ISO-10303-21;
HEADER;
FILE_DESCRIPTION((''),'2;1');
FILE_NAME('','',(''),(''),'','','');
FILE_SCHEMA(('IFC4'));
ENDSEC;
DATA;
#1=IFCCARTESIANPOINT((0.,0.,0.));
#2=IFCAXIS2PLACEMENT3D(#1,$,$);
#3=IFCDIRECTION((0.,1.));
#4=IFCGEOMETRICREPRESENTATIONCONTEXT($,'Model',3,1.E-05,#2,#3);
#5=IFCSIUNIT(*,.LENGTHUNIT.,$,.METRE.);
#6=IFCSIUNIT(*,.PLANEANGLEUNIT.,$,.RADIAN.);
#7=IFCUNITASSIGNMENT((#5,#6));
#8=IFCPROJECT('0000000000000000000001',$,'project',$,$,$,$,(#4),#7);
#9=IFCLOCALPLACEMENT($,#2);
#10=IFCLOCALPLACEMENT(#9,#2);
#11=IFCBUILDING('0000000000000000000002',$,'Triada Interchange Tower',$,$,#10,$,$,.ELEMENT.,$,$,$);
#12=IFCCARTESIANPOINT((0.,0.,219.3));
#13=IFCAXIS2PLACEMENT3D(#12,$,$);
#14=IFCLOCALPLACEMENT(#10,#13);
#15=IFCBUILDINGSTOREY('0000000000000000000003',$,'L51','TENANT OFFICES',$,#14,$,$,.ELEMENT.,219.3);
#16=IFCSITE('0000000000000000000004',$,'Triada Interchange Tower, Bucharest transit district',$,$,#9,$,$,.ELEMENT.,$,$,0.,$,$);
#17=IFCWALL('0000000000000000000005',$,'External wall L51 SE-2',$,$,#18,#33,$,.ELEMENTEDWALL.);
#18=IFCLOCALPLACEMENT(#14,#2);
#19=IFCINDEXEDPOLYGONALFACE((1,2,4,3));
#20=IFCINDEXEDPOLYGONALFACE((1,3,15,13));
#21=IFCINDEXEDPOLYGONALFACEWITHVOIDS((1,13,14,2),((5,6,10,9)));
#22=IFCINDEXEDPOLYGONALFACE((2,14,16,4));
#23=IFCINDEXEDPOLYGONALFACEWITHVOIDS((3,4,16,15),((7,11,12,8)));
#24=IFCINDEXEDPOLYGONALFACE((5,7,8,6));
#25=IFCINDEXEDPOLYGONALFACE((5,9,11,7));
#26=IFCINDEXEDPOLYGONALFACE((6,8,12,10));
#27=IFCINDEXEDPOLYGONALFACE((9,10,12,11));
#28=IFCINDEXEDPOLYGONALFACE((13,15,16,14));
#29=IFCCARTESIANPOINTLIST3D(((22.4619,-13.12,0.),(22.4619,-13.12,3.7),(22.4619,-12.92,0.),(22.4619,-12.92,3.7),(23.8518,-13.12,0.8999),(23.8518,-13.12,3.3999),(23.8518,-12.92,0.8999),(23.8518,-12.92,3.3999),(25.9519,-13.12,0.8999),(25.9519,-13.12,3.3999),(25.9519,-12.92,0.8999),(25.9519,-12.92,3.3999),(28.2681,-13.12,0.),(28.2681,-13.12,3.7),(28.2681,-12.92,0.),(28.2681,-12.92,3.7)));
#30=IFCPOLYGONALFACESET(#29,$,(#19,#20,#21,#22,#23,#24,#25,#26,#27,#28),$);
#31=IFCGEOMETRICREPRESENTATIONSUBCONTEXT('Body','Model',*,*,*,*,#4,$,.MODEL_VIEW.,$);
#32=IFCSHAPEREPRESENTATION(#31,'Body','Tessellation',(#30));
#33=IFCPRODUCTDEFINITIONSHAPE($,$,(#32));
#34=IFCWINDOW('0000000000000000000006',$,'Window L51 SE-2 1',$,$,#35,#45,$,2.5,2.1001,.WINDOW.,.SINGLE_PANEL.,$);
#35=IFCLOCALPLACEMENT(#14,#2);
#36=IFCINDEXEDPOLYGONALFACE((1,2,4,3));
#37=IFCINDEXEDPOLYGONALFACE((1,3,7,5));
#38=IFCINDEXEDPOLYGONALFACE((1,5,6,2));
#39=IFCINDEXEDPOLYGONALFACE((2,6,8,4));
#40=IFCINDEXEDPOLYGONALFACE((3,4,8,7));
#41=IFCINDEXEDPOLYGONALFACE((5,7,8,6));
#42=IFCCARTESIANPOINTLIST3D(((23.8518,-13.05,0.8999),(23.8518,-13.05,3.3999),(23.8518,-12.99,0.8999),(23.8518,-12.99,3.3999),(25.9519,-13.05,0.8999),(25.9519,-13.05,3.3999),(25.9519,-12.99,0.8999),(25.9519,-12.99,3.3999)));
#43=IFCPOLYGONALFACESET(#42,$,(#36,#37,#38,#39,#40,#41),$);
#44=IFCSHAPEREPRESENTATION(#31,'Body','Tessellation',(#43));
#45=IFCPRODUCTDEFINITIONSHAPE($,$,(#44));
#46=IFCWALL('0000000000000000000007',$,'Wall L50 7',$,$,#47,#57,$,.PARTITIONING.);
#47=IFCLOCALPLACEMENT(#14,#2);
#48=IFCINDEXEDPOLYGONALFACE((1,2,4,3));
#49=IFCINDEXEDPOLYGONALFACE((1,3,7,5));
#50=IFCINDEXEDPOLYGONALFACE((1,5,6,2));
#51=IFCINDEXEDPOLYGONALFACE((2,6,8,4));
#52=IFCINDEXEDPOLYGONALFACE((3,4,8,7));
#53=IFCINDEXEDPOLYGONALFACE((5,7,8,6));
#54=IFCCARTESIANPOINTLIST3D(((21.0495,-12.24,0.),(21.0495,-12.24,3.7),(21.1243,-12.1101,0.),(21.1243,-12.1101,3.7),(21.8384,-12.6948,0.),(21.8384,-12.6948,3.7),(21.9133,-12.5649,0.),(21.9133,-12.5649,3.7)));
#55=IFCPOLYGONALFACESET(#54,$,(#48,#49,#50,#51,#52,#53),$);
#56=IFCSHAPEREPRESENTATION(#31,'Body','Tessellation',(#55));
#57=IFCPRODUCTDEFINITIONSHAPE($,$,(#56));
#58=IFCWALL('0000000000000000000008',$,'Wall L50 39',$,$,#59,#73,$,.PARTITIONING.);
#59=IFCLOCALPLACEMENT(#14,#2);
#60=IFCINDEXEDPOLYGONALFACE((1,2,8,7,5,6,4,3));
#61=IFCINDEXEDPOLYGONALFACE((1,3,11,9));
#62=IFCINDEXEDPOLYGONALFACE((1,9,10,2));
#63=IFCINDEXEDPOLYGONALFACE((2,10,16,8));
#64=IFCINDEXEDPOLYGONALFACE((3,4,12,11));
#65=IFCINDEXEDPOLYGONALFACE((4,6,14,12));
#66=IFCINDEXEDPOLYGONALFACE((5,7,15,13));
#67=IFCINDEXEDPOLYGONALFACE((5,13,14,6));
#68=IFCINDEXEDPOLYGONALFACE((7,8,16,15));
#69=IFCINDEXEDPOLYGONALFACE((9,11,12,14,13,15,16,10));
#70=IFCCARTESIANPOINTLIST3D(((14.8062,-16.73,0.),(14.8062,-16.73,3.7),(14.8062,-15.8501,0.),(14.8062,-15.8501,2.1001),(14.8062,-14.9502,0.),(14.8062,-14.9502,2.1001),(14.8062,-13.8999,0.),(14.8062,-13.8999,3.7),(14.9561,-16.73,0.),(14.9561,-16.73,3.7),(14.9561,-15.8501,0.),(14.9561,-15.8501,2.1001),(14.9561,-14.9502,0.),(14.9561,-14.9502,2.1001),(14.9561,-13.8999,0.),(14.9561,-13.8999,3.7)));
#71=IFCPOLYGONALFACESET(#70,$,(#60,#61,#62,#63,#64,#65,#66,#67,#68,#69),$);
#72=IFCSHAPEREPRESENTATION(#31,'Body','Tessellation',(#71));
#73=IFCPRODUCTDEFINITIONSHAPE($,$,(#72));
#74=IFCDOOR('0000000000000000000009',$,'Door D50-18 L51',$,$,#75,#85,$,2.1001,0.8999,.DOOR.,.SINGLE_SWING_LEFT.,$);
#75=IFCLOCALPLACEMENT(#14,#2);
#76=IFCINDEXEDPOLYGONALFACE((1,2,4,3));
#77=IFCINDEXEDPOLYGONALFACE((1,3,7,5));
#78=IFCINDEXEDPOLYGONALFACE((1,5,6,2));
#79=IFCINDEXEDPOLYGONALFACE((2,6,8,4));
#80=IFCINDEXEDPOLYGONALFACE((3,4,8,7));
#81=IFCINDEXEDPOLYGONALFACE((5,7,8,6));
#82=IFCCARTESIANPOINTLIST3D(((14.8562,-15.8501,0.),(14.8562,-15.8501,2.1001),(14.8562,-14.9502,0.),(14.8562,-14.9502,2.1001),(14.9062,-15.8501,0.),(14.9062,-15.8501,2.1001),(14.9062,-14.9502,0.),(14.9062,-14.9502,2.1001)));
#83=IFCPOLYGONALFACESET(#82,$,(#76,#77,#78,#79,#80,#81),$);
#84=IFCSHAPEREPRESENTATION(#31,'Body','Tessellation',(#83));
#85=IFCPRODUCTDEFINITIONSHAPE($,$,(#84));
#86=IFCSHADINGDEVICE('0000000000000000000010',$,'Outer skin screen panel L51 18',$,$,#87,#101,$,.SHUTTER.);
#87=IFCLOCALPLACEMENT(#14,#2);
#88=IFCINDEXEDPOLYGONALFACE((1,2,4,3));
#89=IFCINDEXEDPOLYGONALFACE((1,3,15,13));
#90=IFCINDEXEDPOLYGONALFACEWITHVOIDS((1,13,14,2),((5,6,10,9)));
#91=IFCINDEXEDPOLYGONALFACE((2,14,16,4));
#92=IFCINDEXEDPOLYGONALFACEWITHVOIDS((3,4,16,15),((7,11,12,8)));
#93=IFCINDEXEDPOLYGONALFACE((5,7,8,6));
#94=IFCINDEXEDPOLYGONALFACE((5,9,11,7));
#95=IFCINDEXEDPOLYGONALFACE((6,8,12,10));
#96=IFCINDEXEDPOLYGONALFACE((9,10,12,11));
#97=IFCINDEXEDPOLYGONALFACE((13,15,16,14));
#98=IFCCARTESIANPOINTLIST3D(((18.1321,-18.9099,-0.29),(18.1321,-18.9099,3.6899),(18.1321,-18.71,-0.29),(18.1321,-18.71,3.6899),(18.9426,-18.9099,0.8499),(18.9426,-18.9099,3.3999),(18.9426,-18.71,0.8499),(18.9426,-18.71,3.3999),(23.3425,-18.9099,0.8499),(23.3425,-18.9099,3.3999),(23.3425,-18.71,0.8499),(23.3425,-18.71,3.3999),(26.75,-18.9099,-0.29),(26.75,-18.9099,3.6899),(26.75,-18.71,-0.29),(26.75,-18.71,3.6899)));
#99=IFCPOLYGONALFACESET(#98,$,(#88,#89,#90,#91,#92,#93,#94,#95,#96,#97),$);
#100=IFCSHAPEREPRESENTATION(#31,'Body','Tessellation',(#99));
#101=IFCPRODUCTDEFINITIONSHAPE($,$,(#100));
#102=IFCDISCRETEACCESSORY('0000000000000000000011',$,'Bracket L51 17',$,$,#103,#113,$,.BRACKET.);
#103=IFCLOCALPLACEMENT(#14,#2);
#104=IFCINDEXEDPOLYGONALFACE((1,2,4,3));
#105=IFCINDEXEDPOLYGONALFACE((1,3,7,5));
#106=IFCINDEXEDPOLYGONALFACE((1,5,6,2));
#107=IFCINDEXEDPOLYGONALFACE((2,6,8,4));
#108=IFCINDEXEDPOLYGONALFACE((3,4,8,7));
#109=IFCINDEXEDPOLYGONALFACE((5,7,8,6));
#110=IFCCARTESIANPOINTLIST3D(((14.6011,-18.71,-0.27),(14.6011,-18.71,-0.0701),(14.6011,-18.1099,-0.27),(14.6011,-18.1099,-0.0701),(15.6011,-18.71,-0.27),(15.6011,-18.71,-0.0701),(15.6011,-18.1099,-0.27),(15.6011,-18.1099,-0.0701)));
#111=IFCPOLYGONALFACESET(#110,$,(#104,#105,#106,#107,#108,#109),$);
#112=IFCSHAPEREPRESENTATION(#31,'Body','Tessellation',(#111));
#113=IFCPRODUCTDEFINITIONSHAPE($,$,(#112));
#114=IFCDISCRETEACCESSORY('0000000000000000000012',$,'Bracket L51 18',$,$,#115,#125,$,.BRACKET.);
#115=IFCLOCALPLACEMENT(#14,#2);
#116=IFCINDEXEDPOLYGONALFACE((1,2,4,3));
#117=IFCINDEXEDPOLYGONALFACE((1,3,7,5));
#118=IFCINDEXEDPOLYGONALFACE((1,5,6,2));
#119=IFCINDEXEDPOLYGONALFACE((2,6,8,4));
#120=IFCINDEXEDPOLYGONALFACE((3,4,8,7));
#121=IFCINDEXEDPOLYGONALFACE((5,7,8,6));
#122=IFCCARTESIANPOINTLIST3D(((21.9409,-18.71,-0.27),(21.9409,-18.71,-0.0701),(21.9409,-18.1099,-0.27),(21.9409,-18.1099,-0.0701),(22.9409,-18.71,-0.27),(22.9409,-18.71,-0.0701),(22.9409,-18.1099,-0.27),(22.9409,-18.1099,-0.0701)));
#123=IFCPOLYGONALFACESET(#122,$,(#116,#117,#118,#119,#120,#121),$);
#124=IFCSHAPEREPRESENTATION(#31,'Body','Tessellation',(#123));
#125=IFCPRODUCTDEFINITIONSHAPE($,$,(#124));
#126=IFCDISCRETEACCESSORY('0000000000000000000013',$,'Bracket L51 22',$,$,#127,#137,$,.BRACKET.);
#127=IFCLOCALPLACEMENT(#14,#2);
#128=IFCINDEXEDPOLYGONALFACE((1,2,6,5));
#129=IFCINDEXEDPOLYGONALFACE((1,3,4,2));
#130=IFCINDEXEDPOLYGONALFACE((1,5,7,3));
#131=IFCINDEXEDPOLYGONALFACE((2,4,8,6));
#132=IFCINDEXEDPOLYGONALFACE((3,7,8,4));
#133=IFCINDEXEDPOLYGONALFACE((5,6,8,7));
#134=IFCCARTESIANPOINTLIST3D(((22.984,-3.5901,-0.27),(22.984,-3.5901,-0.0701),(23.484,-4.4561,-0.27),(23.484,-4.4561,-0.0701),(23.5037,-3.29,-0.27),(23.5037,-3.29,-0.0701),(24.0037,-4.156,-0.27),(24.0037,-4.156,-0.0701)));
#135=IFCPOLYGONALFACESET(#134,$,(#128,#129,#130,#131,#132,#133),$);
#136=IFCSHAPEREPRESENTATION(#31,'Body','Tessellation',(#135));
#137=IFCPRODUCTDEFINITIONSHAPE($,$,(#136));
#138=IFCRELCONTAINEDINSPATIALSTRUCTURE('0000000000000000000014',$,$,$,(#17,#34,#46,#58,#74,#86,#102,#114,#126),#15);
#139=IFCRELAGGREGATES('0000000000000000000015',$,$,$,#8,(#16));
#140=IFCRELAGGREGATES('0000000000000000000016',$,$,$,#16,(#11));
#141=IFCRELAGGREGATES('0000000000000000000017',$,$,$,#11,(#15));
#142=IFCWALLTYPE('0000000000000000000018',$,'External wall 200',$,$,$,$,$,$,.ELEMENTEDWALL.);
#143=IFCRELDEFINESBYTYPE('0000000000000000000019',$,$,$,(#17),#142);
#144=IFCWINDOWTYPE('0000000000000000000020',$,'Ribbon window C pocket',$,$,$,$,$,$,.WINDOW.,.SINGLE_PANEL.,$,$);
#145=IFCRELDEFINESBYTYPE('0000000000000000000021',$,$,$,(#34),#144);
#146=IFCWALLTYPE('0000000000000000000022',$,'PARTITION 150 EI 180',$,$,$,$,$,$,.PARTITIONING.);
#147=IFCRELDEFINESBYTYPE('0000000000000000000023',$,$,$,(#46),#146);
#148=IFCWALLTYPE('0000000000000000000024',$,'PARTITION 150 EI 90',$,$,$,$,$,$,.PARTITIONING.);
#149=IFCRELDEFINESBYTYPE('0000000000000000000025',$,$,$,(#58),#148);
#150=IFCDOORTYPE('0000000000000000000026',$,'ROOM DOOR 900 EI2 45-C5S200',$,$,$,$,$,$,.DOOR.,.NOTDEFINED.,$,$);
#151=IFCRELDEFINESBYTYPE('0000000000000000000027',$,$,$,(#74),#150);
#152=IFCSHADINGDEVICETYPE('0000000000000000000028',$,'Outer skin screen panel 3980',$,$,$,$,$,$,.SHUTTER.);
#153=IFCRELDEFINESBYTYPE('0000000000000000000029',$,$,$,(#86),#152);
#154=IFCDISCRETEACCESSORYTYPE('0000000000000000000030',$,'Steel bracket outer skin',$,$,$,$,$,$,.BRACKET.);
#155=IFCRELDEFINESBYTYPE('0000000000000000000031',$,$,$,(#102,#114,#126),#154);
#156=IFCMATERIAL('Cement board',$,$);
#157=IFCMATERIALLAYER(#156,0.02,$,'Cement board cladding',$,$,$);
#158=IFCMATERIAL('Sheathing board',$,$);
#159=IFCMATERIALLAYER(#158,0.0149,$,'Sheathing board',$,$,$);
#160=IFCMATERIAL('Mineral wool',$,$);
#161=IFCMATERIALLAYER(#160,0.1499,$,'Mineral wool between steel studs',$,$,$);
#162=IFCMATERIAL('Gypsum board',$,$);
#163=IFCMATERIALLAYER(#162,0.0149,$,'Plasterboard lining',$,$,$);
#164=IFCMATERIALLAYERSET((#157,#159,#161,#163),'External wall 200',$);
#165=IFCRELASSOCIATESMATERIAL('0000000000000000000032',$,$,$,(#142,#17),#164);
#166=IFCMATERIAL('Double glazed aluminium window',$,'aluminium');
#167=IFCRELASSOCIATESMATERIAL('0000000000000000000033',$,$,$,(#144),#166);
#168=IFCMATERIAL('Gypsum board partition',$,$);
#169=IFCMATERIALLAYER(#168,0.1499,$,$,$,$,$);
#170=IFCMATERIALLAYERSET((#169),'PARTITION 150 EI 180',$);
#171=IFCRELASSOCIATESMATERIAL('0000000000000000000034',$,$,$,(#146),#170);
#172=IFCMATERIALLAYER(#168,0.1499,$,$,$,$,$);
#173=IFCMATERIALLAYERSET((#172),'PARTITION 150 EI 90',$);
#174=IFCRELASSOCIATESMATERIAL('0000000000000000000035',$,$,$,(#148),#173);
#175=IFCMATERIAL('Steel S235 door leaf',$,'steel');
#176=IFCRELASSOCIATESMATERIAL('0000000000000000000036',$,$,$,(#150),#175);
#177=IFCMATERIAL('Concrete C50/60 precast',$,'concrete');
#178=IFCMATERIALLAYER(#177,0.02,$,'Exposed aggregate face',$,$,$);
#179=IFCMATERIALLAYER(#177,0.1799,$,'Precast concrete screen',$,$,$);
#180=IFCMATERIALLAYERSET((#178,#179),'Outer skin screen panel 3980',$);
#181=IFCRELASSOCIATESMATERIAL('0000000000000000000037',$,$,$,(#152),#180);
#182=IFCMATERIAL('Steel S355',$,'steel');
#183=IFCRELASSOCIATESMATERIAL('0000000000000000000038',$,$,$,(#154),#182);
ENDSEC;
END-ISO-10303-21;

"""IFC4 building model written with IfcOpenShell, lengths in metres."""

from ifc_helpers import new_model, si_unit, direction, frame, frame_2d, origin, origin_2d, place, context, subcontext, project, spatial, polyline, rectangle, outline, extrude, material, layer, layer_set, layer_usage, type_object, element, fill, save


model = new_model("IFC4")

# Units and contexts
model_context = context("Model", 3, precision=1e-05, world=origin(), true_north=direction((0.0, 1.0)))
body_context = subcontext(model_context, "Body", "Model", "MODEL_VIEW")
ifc_project = project(units=[si_unit("LENGTHUNIT", "METRE"), si_unit("PLANEANGLEUNIT", "RADIAN")], contexts=[model_context])

# Site, building, storey
site_placement = place(None, origin())
site = spatial("IfcSite", under=ifc_project, at=site_placement, Name="Triada Interchange Tower, Bucharest transit district", CompositionType="ELEMENT", RefElevation=0.0)
building_placement = place(site_placement, origin())
building = spatial("IfcBuilding", under=site, at=building_placement, Name="Triada Interchange Tower", CompositionType="ELEMENT")
storey_placement = place(building_placement, frame((0.0, 0.0, 219.3)))
storey = spatial("IfcBuildingStorey", under=building, at=storey_placement, Name="L51", Description="TENANT OFFICES", CompositionType="ELEMENT", Elevation=219.3)

# Shared definitions
ifc_material_1 = material(Name="Steel S235 door leaf", Category="steel")

# Wall, opening, window
ifc_material_2 = material(Name="Cement board")
ifc_layer_1 = layer(ifc_material_2, 0.02, Name="Cement board cladding")
ifc_material_3 = material(Name="Sheathing board")
ifc_layer_2 = layer(ifc_material_3, 0.0149, Name="Sheathing board")
ifc_material_4 = material(Name="Mineral wool")
ifc_layer_3 = layer(ifc_material_4, 0.1499, Name="Mineral wool between steel studs")
ifc_material_5 = material(Name="Gypsum board")
ifc_layer_4 = layer(ifc_material_5, 0.0149, Name="Plasterboard lining")
ifc_layer_set_1 = layer_set([ifc_layer_1, ifc_layer_2, ifc_layer_3, ifc_layer_4], Name="External wall 200")
ifc_layer_usage = layer_usage(ifc_layer_set_1, "AXIS2", "POSITIVE", -0.1001)
wall_type_1 = type_object("IfcWallType", Name="External wall 200", PredefinedType="ELEMENTEDWALL", material=ifc_layer_set_1)
wall_1_placement = place(storey_placement, frame((22.4619, -13.02, 0.0), z_axis=(0.0, 0.0, 1.0), x_axis=(1.0, 0.0, 0.0)))
wall_1 = element("IfcWall", 1, at=wall_1_placement, inside=storey, type_object=wall_type_1, material=ifc_layer_usage, Name="External wall L51 SE-2", PredefinedType="ELEMENTEDWALL", context=body_context, shape_type="SweptSolid", body=[
    extrude(rectangle(XDim=5.8062, YDim=0.2, at=frame_2d((2.9031, 0.0))), origin(), (0.0, 0.0, 1.0), 3.7),
])
opening_1_placement = place(wall_1_placement, frame((1.3899, 0.0, 0.8999)))
opening_1 = element("IfcOpeningElement", 2, at=opening_1_placement, cuts=wall_1, PredefinedType="OPENING", context=body_context, shape_type="SweptSolid", body=[
    extrude(rectangle(XDim=2.1001, YDim=2.5, at=frame_2d((1.05, 1.25))), frame((0.0, 0.1099, 0.0), z_axis=(0.0, -1.0, 0.0), x_axis=(1.0, 0.0, 0.0)), (0.0, 0.0, 1.0), 0.22),
])
ifc_material_6 = material(Name="Double glazed aluminium window", Category="aluminium")
window_type = type_object("IfcWindowType", Name="Ribbon window C pocket", PartitioningType="SINGLE_PANEL", PredefinedType="WINDOW", material=ifc_material_6)
window_placement = place(opening_1_placement, origin())
window = element("IfcWindow", 3, at=window_placement, inside=storey, type_object=window_type, Name="Window L51 SE-2 1", OverallHeight=2.5, OverallWidth=2.1001, PartitioningType="SINGLE_PANEL", PredefinedType="WINDOW", context=body_context, shape_type="SweptSolid", body=[
    extrude(rectangle(XDim=2.1001, YDim=2.5, at=frame_2d((1.05, 1.25))), frame((0.0, 0.03, 0.0), z_axis=(0.0, -1.0, 0.0), x_axis=(1.0, 0.0, 0.0)), (0.0, 0.0, 1.0), 0.0601),
])
fill(opening_1, window)

# Wall
ifc_material_7 = material(Name="Gypsum board partition")
ifc_layer_5 = layer(ifc_material_7, 0.1499)
ifc_layer_set_2 = layer_set([ifc_layer_5], Name="PARTITION 150 EI 180")
wall_type_2 = type_object("IfcWallType", Name="PARTITION 150 EI 180", PredefinedType="PARTITIONING", material=ifc_layer_set_2)
wall_2_placement = place(storey_placement, frame((21.0869, -12.175, 0.0), z_axis=(0.0, 0.0, 1.0), x_axis=(0.866373, -0.499398, 0.0)))
element("IfcWall", 4, at=wall_2_placement, inside=storey, type_object=wall_type_2, Name="Wall L50 7", PredefinedType="PARTITIONING", context=body_context, shape_type="SweptSolid", body=[
    extrude(rectangle(XDim=0.9106, YDim=0.1499, at=frame_2d((0.4553, 0.0))), origin(), (0.0, 0.0, 1.0), 3.7),
])

# Wall, opening, door
ifc_layer_6 = layer(ifc_material_7, 0.1499)
ifc_layer_set_3 = layer_set([ifc_layer_6], Name="PARTITION 150 EI 90")
wall_type_3 = type_object("IfcWallType", Name="PARTITION 150 EI 90", PredefinedType="PARTITIONING", material=ifc_layer_set_3)
wall_3_placement = place(storey_placement, frame((14.8811, -16.73, 0.0), z_axis=(0.0, 0.0, 1.0), x_axis=(0.0, 1.0, 0.0)))
wall_3 = element("IfcWall", 5, at=wall_3_placement, inside=storey, type_object=wall_type_3, Name="Wall L50 39", PredefinedType="PARTITIONING", context=body_context, shape_type="SweptSolid", body=[
    extrude(rectangle(XDim=2.8301, YDim=0.1499, at=frame_2d((1.415, 0.0))), origin(), (0.0, 0.0, 1.0), 3.7),
])
opening_2_placement = place(wall_3_placement, frame((0.8799, 0.0, 0.0)))
opening_2 = element("IfcOpeningElement", 6, at=opening_2_placement, cuts=wall_3, PredefinedType="OPENING", context=body_context, shape_type="SweptSolid", body=[
    extrude(rectangle(XDim=0.8999, YDim=2.1001, at=frame_2d((0.45, 1.05))), frame((0.0, 0.085, 0.0), z_axis=(0.0, -1.0, 0.0), x_axis=(1.0, 0.0, 0.0)), (0.0, 0.0, 1.0), 0.1699),
])
door_type_1 = type_object("IfcDoorType", Name="ROOM DOOR 900 EI2 45-C5S200", OperationType="NOTDEFINED", PredefinedType="DOOR", material=ifc_material_1)
door_1_placement = place(opening_2_placement, origin())
door_1 = element("IfcDoor", 7, at=door_1_placement, inside=storey, type_object=door_type_1, Name="Door D50-18 L51", OperationType="SINGLE_SWING_LEFT", OverallHeight=2.1001, OverallWidth=0.8999, PredefinedType="DOOR", context=body_context, shape_type="SweptSolid", body=[
    extrude(rectangle(XDim=0.8999, YDim=2.1001, at=frame_2d((0.45, 1.05))), frame((0.0, 0.0249, 0.0), z_axis=(0.0, -1.0, 0.0), x_axis=(1.0, 0.0, 0.0)), (0.0, 0.0, 1.0), 0.05),
])
fill(opening_2, door_1)

# Shading device
ifc_material_8 = material(Name="Concrete C50/60 precast", Category="concrete")
ifc_layer_7 = layer(ifc_material_8, 0.02, Name="Exposed aggregate face")
ifc_layer_8 = layer(ifc_material_8, 0.1799, Name="Precast concrete screen")
ifc_layer_set_4 = layer_set([ifc_layer_7, ifc_layer_8], Name="Outer skin screen panel 3980")
shading_device_type = type_object("IfcShadingDeviceType", Name="Outer skin screen panel 3980", PredefinedType="SHUTTER", material=ifc_layer_set_4)
shading_device_placement = place(storey_placement, frame((18.1321, -18.71, -0.29), z_axis=(0.0, 0.0, 1.0), x_axis=(1.0, 0.0, 0.0)))
element("IfcShadingDevice", 8, at=shading_device_placement, inside=storey, type_object=shading_device_type, Name="Outer skin screen panel L51 18", PredefinedType="SHUTTER", context=body_context, shape_type="SweptSolid", body=[
    extrude(outline(polyline([(0.0, 0.0), (8.6179, 0.0), (8.6179, 3.98), (0.0, 3.98), (0.0, 0.0)]), holes=[polyline([(0.8105, 1.1399), (0.8105, 3.6899), (5.2104, 3.6899), (5.2104, 1.1399), (0.8105, 1.1399)])]), frame((0.0, 0.0, 0.0), z_axis=(0.0, -1.0, 0.0), x_axis=(1.0, 0.0, 0.0)), (0.0, 0.0, 1.0), 0.2),
])

# Discrete accessories
ifc_material_9 = material(Name="Steel S355", Category="steel")
discrete_accessory_type = type_object("IfcDiscreteAccessoryType", Name="Steel bracket outer skin", PredefinedType="BRACKET", material=ifc_material_9)
for number, where, z_axis, x_axis, name in (
    (9, (15.1011, -18.4099, -0.27), (0.0, 0.0, 1.0), (0.0, -1.0, 0.0), "Bracket L51 17"),
    (10, (22.4409, -18.4099, -0.27), (0.0, 0.0, 1.0), (0.0, -1.0, 0.0), "Bracket L51 18"),
    (11, (23.4939, -3.873, -0.27), (0.0, 0.0, 1.0), (0.866025, 0.500001, 0.0), "Bracket L51 22"),
):
    element("IfcDiscreteAccessory", number, at=place(storey_placement, frame(where, z_axis=z_axis, x_axis=x_axis)), inside=storey, type_object=discrete_accessory_type, Name=name, PredefinedType="BRACKET", context=body_context, shape_type="SweptSolid", body=[
        extrude(rectangle(XDim=0.6001, YDim=1.0, at=origin_2d()), origin(), (0.0, 0.0, 1.0), 0.2),
    ])

save(model, "model.ifc")
